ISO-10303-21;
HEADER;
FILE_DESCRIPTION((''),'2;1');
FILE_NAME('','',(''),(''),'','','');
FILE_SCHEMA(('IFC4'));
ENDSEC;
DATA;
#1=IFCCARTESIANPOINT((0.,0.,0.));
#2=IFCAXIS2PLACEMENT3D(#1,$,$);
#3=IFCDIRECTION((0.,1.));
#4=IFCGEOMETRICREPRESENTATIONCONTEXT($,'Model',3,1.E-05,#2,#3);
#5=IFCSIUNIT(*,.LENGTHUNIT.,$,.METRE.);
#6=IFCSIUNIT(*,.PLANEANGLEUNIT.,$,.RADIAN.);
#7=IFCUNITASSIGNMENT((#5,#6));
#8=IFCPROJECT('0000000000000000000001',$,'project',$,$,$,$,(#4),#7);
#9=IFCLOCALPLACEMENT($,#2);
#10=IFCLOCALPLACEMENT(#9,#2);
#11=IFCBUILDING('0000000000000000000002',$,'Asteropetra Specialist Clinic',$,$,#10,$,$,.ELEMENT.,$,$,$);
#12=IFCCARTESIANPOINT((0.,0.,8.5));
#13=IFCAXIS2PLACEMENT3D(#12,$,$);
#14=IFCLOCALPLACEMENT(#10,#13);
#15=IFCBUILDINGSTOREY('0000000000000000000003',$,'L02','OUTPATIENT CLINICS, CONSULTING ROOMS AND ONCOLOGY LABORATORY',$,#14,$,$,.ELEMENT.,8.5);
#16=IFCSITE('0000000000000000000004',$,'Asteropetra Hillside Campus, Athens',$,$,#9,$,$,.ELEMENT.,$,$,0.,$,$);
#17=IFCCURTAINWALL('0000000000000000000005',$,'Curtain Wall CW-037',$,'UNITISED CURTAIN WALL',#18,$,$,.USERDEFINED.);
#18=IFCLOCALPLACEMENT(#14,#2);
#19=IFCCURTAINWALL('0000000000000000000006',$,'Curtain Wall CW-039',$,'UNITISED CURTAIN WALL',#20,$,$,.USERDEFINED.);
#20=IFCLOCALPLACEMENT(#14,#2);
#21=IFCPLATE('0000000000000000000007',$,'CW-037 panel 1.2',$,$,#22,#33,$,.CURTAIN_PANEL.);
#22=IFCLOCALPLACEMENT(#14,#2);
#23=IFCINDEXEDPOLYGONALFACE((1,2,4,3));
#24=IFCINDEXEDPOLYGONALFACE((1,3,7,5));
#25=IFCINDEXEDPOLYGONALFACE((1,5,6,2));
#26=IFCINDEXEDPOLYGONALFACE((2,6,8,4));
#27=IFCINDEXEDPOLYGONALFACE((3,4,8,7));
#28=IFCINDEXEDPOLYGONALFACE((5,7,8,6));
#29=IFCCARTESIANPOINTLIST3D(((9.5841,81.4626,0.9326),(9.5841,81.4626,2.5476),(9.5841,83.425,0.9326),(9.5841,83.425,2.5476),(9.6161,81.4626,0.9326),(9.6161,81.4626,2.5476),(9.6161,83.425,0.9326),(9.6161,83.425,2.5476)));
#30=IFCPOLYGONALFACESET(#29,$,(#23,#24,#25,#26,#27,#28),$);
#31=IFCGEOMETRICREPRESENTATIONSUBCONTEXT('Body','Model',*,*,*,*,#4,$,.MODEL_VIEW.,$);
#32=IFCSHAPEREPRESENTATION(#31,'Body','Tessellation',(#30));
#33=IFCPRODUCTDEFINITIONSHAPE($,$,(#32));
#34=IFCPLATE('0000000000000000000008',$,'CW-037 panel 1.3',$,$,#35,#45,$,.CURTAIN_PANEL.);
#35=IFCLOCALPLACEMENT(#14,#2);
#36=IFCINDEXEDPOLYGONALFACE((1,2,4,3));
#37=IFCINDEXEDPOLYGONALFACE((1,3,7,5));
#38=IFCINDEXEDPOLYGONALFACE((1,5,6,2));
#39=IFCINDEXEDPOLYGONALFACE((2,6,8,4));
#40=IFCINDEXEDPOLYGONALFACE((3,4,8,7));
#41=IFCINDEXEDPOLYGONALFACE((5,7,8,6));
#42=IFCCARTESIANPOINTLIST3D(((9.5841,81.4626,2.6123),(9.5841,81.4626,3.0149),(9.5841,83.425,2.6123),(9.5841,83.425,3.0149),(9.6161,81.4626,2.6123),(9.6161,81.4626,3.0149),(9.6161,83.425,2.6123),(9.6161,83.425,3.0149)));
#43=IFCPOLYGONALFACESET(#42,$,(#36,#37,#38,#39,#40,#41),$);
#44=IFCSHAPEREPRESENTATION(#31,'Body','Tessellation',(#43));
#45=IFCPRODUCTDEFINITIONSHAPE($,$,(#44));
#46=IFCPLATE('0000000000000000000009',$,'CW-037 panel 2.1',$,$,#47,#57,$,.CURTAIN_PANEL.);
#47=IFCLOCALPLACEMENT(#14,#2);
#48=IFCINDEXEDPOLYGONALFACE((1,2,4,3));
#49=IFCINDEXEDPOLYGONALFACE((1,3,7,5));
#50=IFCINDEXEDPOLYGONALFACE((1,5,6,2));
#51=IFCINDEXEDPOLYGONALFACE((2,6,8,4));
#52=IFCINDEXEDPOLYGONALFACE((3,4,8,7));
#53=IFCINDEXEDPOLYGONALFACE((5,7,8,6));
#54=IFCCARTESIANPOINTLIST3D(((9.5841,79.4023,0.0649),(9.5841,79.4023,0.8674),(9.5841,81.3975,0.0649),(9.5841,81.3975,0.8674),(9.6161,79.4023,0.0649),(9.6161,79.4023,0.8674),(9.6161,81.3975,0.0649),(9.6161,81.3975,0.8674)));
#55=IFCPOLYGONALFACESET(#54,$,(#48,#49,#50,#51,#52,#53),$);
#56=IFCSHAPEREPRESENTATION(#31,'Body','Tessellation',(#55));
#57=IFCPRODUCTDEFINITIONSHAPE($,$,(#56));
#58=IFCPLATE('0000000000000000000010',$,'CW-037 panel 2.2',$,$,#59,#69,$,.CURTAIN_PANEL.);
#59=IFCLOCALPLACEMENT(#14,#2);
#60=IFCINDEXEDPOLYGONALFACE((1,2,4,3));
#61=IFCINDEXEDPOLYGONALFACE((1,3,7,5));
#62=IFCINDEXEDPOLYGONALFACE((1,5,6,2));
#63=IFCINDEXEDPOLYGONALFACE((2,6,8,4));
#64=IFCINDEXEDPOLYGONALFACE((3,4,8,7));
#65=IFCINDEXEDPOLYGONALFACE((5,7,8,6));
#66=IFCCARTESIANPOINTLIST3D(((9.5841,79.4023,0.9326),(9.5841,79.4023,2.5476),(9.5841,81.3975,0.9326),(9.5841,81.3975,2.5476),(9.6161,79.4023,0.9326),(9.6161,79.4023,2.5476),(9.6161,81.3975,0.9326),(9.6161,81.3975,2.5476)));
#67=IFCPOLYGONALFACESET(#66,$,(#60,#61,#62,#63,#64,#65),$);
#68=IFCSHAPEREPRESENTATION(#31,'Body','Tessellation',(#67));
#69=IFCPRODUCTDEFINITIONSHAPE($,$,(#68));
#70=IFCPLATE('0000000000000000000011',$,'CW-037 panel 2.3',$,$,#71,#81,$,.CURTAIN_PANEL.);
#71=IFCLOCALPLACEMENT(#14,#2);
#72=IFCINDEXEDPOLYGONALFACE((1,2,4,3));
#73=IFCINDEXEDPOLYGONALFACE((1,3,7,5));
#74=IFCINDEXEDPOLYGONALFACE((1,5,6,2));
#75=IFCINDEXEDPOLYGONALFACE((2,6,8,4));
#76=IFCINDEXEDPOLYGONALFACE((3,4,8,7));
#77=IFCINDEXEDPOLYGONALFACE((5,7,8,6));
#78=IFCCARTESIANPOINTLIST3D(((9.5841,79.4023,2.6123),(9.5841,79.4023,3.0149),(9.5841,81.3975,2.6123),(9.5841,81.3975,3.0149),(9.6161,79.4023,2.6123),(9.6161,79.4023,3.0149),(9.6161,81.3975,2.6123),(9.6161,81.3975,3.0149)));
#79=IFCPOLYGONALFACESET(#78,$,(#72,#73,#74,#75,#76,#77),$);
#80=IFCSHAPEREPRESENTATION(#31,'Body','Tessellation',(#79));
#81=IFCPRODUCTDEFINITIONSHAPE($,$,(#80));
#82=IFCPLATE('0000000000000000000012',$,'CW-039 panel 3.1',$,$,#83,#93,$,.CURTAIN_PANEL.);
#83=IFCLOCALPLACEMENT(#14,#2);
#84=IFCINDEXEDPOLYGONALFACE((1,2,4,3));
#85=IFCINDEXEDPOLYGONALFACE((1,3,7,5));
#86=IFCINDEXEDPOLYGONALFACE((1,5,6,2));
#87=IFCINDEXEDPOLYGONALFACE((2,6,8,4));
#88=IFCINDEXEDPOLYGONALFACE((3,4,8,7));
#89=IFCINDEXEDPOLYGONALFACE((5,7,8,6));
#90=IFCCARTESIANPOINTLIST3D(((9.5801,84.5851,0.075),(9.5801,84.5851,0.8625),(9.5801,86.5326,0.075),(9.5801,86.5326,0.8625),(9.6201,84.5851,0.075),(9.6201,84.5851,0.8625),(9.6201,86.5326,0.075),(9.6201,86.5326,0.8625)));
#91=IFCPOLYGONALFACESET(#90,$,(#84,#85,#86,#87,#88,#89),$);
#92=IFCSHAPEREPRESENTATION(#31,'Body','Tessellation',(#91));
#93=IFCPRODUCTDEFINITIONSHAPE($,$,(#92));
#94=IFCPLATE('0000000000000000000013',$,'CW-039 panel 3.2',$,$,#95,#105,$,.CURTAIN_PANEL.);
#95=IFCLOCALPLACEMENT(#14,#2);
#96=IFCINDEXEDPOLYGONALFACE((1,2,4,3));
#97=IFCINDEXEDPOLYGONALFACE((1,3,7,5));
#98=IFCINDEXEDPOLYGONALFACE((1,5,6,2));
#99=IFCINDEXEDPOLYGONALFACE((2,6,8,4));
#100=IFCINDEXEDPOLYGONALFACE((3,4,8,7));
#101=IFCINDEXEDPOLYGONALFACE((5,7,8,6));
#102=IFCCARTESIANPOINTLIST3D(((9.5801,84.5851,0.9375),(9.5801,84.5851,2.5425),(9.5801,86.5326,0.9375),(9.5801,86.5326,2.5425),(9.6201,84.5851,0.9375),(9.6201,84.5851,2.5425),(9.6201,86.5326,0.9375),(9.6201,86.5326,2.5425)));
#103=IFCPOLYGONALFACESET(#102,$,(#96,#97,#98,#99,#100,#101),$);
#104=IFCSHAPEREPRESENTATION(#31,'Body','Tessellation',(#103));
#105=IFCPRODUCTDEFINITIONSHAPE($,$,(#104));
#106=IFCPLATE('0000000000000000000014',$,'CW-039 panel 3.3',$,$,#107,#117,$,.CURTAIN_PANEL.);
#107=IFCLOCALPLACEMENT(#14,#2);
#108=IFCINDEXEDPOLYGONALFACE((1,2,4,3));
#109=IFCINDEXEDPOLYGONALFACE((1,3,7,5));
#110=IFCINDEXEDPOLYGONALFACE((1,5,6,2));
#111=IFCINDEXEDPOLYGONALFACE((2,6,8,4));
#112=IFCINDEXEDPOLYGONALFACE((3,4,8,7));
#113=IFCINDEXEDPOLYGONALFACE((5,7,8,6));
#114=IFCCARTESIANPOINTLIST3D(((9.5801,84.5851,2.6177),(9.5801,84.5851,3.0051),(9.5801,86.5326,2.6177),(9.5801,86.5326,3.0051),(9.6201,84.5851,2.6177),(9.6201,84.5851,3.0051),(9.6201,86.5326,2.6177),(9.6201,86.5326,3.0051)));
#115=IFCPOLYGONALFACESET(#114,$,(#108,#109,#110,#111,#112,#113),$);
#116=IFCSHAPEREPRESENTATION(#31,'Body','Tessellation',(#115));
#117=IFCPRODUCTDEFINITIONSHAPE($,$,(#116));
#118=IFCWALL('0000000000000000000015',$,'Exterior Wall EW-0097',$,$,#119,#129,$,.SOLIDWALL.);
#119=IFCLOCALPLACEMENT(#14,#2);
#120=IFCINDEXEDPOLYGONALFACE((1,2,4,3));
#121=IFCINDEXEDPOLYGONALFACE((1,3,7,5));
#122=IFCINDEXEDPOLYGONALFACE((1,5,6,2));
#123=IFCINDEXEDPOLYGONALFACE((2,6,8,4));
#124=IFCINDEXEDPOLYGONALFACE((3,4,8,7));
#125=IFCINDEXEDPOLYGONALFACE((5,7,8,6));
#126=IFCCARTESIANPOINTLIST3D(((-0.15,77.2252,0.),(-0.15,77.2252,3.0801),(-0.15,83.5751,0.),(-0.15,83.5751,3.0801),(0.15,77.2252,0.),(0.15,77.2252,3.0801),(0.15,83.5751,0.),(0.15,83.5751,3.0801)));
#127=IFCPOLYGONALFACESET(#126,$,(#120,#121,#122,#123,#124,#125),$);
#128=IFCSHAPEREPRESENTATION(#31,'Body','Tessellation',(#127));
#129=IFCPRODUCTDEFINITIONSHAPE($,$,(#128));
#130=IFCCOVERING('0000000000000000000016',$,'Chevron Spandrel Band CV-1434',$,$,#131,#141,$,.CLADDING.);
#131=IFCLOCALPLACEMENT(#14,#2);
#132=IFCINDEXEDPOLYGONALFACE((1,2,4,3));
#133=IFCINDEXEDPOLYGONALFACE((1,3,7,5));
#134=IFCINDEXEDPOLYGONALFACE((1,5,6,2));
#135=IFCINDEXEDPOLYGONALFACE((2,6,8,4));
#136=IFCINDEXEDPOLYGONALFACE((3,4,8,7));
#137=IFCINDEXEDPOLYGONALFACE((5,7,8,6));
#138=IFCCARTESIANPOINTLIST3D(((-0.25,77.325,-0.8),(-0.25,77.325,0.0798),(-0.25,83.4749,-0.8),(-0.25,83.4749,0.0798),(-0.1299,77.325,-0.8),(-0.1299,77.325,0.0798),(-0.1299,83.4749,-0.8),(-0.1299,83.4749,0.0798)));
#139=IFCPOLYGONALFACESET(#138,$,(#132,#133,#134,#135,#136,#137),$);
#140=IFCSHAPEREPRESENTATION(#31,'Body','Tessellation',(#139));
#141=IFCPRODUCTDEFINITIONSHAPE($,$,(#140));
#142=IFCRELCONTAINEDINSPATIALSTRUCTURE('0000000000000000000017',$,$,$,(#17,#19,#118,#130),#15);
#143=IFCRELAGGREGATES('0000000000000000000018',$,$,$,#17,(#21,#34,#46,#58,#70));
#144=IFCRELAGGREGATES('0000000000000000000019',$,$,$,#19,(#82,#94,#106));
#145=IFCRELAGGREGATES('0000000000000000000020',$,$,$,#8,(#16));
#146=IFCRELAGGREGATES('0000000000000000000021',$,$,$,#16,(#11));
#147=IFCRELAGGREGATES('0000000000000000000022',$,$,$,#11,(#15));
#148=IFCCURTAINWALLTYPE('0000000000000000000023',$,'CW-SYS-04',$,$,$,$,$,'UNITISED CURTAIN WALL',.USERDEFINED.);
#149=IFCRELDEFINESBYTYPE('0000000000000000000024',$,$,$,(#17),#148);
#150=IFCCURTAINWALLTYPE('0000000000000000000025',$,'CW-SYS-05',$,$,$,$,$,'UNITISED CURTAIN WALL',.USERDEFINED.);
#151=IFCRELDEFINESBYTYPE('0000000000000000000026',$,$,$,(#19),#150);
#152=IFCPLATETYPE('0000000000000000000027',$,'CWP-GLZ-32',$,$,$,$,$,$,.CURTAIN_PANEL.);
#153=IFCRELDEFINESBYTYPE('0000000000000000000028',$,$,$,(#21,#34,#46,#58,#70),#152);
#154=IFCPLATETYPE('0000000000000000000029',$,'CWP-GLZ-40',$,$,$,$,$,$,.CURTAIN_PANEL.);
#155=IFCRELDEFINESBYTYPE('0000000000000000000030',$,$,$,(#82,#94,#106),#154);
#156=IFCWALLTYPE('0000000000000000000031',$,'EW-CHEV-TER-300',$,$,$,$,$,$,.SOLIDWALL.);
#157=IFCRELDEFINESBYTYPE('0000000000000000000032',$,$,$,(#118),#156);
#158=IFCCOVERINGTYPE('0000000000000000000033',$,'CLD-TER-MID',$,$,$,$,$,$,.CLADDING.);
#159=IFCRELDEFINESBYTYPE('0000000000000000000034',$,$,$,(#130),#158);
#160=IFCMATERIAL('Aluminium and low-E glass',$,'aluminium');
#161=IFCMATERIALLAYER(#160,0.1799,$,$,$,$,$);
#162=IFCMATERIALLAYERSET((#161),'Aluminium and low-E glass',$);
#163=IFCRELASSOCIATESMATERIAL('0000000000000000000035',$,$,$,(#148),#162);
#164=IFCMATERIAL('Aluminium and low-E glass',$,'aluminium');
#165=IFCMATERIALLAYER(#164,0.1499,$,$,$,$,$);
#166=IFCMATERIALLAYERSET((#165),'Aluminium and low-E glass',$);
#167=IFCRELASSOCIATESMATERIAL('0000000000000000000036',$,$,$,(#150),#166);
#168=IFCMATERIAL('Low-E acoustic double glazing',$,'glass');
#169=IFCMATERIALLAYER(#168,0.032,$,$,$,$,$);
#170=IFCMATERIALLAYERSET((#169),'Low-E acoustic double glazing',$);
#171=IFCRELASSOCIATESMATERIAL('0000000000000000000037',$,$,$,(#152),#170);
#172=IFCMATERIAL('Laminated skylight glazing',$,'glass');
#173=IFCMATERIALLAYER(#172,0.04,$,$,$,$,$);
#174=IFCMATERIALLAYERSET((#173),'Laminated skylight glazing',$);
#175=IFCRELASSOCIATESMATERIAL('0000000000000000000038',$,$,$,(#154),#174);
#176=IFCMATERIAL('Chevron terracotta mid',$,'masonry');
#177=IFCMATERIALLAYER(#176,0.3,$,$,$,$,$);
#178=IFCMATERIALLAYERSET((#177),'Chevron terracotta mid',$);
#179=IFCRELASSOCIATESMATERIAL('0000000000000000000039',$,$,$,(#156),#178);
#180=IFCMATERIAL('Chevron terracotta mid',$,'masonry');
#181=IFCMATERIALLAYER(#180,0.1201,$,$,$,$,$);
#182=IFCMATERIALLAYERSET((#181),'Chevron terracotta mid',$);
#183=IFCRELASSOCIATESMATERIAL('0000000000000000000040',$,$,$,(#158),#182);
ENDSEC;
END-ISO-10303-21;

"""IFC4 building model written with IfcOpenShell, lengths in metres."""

from ifc_helpers import new_model, si_unit, direction, frame, frame_2d, origin, origin_2d, place, context, subcontext, project, spatial, rectangle, extrude, material, layer, layer_set, type_object, element, aggregate, save


model = new_model("IFC4")

# Units and contexts
model_context = context("Model", 3, precision=1e-05, world=origin(), true_north=direction((0.0, 1.0)))
body_context = subcontext(model_context, "Body", "Model", "MODEL_VIEW")
ifc_project = project(units=[si_unit("LENGTHUNIT", "METRE"), si_unit("PLANEANGLEUNIT", "RADIAN")], contexts=[model_context])

# Site, building, storey
site_placement = place(None, origin())
site = spatial("IfcSite", under=ifc_project, at=site_placement, Name="Asteropetra Hillside Campus, Athens", CompositionType="ELEMENT", RefElevation=0.0)
building_placement = place(site_placement, origin())
building = spatial("IfcBuilding", under=site, at=building_placement, Name="Asteropetra Specialist Clinic", CompositionType="ELEMENT")
storey_placement = place(building_placement, frame((0.0, 0.0, 8.5)))
storey = spatial("IfcBuildingStorey", under=building, at=storey_placement, Name="L02", Description="OUTPATIENT CLINICS, CONSULTING ROOMS AND ONCOLOGY LABORATORY", CompositionType="ELEMENT", Elevation=8.5)

# Curtain wall
ifc_material_1 = material(Name="Aluminium and low-E glass", Category="aluminium")
ifc_layer_1 = layer(ifc_material_1, 0.1799)
ifc_layer_set_1 = layer_set([ifc_layer_1], Name="Aluminium and low-E glass")
curtain_wall_type_1 = type_object("IfcCurtainWallType", Name="CW-SYS-04", ElementType="UNITISED CURTAIN WALL", PredefinedType="USERDEFINED", material=ifc_layer_set_1)
curtain_wall_1_placement = place(storey_placement, origin())
curtain_wall_1 = element("IfcCurtainWall", 1, at=curtain_wall_1_placement, inside=storey, type_object=curtain_wall_type_1, Name="Curtain Wall CW-037", ObjectType="UNITISED CURTAIN WALL", PredefinedType="USERDEFINED")

# Curtain wall
ifc_material_2 = material(Name="Aluminium and low-E glass", Category="aluminium")
ifc_layer_2 = layer(ifc_material_2, 0.1499)
ifc_layer_set_2 = layer_set([ifc_layer_2], Name="Aluminium and low-E glass")
curtain_wall_type_2 = type_object("IfcCurtainWallType", Name="CW-SYS-05", ElementType="UNITISED CURTAIN WALL", PredefinedType="USERDEFINED", material=ifc_layer_set_2)
curtain_wall_2_placement = place(storey_placement, origin())
curtain_wall_2 = element("IfcCurtainWall", 2, at=curtain_wall_2_placement, inside=storey, type_object=curtain_wall_type_2, Name="Curtain Wall CW-039", ObjectType="UNITISED CURTAIN WALL", PredefinedType="USERDEFINED")

# Plates
ifc_material_3 = material(Name="Low-E acoustic double glazing", Category="glass")
ifc_layer_3 = layer(ifc_material_3, 0.032)
ifc_layer_set_3 = layer_set([ifc_layer_3], Name="Low-E acoustic double glazing")
plate_type_1 = type_object("IfcPlateType", Name="CWP-GLZ-32", PredefinedType="CURTAIN_PANEL", material=ifc_layer_set_3)
plate_1_placement = place(storey_placement, frame((9.6001, 82.4438, 0.9326), z_axis=(0.0, 0.0, 1.0), x_axis=(0.0, -1.0, 0.0)))
plate_1 = element("IfcPlate", 3, at=plate_1_placement, type_object=plate_type_1, Name="CW-037 panel 1.2", PredefinedType="CURTAIN_PANEL", context=body_context, shape_type="SweptSolid", body=[
    extrude(rectangle(XDim=1.9624, YDim=0.032, at=origin_2d()), origin(), (0.0, 0.0, 1.0), 1.615),
])
plate_2_placement = place(storey_placement, frame((9.6001, 82.4438, 2.6123), z_axis=(0.0, 0.0, 1.0), x_axis=(0.0, -1.0, 0.0)))
plate_2 = element("IfcPlate", 4, at=plate_2_placement, type_object=plate_type_1, Name="CW-037 panel 1.3", PredefinedType="CURTAIN_PANEL", context=body_context, shape_type="SweptSolid", body=[
    extrude(rectangle(XDim=1.9624, YDim=0.032, at=origin_2d()), origin(), (0.0, 0.0, 1.0), 0.4026),
])
plate_3_placement = place(storey_placement, frame((9.6001, 80.3999, 0.0649), z_axis=(0.0, 0.0, 1.0), x_axis=(0.0, -1.0, 0.0)))
plate_3 = element("IfcPlate", 5, at=plate_3_placement, type_object=plate_type_1, Name="CW-037 panel 2.1", PredefinedType="CURTAIN_PANEL", context=body_context, shape_type="SweptSolid", body=[
    extrude(rectangle(XDim=1.9951, YDim=0.032, at=origin_2d()), origin(), (0.0, 0.0, 1.0), 0.8025),
])
plate_4_placement = place(storey_placement, frame((9.6001, 80.3999, 0.9326), z_axis=(0.0, 0.0, 1.0), x_axis=(0.0, -1.0, 0.0)))
plate_4 = element("IfcPlate", 6, at=plate_4_placement, type_object=plate_type_1, Name="CW-037 panel 2.2", PredefinedType="CURTAIN_PANEL", context=body_context, shape_type="SweptSolid", body=[
    extrude(rectangle(XDim=1.9951, YDim=0.032, at=origin_2d()), origin(), (0.0, 0.0, 1.0), 1.615),
])
plate_5_placement = place(storey_placement, frame((9.6001, 80.3999, 2.6123), z_axis=(0.0, 0.0, 1.0), x_axis=(0.0, -1.0, 0.0)))
plate_5 = element("IfcPlate", 7, at=plate_5_placement, type_object=plate_type_1, Name="CW-037 panel 2.3", PredefinedType="CURTAIN_PANEL", context=body_context, shape_type="SweptSolid", body=[
    extrude(rectangle(XDim=1.9951, YDim=0.032, at=origin_2d()), origin(), (0.0, 0.0, 1.0), 0.4026),
])
aggregate(curtain_wall_1, [plate_1, plate_2, plate_3, plate_4, plate_5])
ifc_material_4 = material(Name="Laminated skylight glazing", Category="glass")
ifc_layer_4 = layer(ifc_material_4, 0.04)
ifc_layer_set_4 = layer_set([ifc_layer_4], Name="Laminated skylight glazing")
plate_type_2 = type_object("IfcPlateType", Name="CWP-GLZ-40", PredefinedType="CURTAIN_PANEL", material=ifc_layer_set_4)
plate_6_placement = place(storey_placement, frame((9.6001, 85.5588, 0.075), z_axis=(0.0, 0.0, 1.0), x_axis=(0.0, -1.0, 0.0)))
plate_6 = element("IfcPlate", 8, at=plate_6_placement, type_object=plate_type_2, Name="CW-039 panel 3.1", PredefinedType="CURTAIN_PANEL", context=body_context, shape_type="SweptSolid", body=[
    extrude(rectangle(XDim=1.9475, YDim=0.04, at=origin_2d()), origin(), (0.0, 0.0, 1.0), 0.7876),
])
plate_7_placement = place(storey_placement, frame((9.6001, 85.5588, 0.9375), z_axis=(0.0, 0.0, 1.0), x_axis=(0.0, -1.0, 0.0)))
plate_7 = element("IfcPlate", 9, at=plate_7_placement, type_object=plate_type_2, Name="CW-039 panel 3.2", PredefinedType="CURTAIN_PANEL", context=body_context, shape_type="SweptSolid", body=[
    extrude(rectangle(XDim=1.9475, YDim=0.04, at=origin_2d()), origin(), (0.0, 0.0, 1.0), 1.605),
])
plate_8_placement = place(storey_placement, frame((9.6001, 85.5588, 2.6177), z_axis=(0.0, 0.0, 1.0), x_axis=(0.0, -1.0, 0.0)))
plate_8 = element("IfcPlate", 10, at=plate_8_placement, type_object=plate_type_2, Name="CW-039 panel 3.3", PredefinedType="CURTAIN_PANEL", context=body_context, shape_type="SweptSolid", body=[
    extrude(rectangle(XDim=1.9475, YDim=0.04, at=origin_2d()), origin(), (0.0, 0.0, 1.0), 0.3875),
])
aggregate(curtain_wall_2, [plate_6, plate_7, plate_8])

# Wall
ifc_material_5 = material(Name="Chevron terracotta mid", Category="masonry")
ifc_layer_5 = layer(ifc_material_5, 0.3)
ifc_layer_set_5 = layer_set([ifc_layer_5], Name="Chevron terracotta mid")
wall_type = type_object("IfcWallType", Name="EW-CHEV-TER-300", PredefinedType="SOLIDWALL", material=ifc_layer_set_5)
wall_placement = place(storey_placement, frame((0.0, 83.575, 0.0), z_axis=(0.0, 0.0, 1.0), x_axis=(0.0, -1.0, 0.0)))
element("IfcWall", 11, at=wall_placement, inside=storey, type_object=wall_type, Name="Exterior Wall EW-0097", PredefinedType="SOLIDWALL", context=body_context, shape_type="SweptSolid", body=[
    extrude(rectangle(XDim=6.3499, YDim=0.3, at=frame_2d((3.1748, 0.0))), origin(), (0.0, 0.0, 1.0), 3.0801),
])

# Covering
ifc_material_6 = material(Name="Chevron terracotta mid", Category="masonry")
ifc_layer_6 = layer(ifc_material_6, 0.1201)
ifc_layer_set_6 = layer_set([ifc_layer_6], Name="Chevron terracotta mid")
covering_type = type_object("IfcCoveringType", Name="CLD-TER-MID", PredefinedType="CLADDING", material=ifc_layer_set_6)
covering_placement = place(storey_placement, frame((-0.1899, 80.3999, -0.8), z_axis=(0.0, 0.0, 1.0), x_axis=(1.0, 0.0, 0.0)))
element("IfcCovering", 12, at=covering_placement, inside=storey, type_object=covering_type, Name="Chevron Spandrel Band CV-1434", PredefinedType="CLADDING", context=body_context, shape_type="SweptSolid", body=[
    extrude(rectangle(XDim=0.1201, YDim=6.1499, at=origin_2d()), origin(), (0.0, 0.0, 1.0), 0.8799),
])

save(model, "model.ifc")
